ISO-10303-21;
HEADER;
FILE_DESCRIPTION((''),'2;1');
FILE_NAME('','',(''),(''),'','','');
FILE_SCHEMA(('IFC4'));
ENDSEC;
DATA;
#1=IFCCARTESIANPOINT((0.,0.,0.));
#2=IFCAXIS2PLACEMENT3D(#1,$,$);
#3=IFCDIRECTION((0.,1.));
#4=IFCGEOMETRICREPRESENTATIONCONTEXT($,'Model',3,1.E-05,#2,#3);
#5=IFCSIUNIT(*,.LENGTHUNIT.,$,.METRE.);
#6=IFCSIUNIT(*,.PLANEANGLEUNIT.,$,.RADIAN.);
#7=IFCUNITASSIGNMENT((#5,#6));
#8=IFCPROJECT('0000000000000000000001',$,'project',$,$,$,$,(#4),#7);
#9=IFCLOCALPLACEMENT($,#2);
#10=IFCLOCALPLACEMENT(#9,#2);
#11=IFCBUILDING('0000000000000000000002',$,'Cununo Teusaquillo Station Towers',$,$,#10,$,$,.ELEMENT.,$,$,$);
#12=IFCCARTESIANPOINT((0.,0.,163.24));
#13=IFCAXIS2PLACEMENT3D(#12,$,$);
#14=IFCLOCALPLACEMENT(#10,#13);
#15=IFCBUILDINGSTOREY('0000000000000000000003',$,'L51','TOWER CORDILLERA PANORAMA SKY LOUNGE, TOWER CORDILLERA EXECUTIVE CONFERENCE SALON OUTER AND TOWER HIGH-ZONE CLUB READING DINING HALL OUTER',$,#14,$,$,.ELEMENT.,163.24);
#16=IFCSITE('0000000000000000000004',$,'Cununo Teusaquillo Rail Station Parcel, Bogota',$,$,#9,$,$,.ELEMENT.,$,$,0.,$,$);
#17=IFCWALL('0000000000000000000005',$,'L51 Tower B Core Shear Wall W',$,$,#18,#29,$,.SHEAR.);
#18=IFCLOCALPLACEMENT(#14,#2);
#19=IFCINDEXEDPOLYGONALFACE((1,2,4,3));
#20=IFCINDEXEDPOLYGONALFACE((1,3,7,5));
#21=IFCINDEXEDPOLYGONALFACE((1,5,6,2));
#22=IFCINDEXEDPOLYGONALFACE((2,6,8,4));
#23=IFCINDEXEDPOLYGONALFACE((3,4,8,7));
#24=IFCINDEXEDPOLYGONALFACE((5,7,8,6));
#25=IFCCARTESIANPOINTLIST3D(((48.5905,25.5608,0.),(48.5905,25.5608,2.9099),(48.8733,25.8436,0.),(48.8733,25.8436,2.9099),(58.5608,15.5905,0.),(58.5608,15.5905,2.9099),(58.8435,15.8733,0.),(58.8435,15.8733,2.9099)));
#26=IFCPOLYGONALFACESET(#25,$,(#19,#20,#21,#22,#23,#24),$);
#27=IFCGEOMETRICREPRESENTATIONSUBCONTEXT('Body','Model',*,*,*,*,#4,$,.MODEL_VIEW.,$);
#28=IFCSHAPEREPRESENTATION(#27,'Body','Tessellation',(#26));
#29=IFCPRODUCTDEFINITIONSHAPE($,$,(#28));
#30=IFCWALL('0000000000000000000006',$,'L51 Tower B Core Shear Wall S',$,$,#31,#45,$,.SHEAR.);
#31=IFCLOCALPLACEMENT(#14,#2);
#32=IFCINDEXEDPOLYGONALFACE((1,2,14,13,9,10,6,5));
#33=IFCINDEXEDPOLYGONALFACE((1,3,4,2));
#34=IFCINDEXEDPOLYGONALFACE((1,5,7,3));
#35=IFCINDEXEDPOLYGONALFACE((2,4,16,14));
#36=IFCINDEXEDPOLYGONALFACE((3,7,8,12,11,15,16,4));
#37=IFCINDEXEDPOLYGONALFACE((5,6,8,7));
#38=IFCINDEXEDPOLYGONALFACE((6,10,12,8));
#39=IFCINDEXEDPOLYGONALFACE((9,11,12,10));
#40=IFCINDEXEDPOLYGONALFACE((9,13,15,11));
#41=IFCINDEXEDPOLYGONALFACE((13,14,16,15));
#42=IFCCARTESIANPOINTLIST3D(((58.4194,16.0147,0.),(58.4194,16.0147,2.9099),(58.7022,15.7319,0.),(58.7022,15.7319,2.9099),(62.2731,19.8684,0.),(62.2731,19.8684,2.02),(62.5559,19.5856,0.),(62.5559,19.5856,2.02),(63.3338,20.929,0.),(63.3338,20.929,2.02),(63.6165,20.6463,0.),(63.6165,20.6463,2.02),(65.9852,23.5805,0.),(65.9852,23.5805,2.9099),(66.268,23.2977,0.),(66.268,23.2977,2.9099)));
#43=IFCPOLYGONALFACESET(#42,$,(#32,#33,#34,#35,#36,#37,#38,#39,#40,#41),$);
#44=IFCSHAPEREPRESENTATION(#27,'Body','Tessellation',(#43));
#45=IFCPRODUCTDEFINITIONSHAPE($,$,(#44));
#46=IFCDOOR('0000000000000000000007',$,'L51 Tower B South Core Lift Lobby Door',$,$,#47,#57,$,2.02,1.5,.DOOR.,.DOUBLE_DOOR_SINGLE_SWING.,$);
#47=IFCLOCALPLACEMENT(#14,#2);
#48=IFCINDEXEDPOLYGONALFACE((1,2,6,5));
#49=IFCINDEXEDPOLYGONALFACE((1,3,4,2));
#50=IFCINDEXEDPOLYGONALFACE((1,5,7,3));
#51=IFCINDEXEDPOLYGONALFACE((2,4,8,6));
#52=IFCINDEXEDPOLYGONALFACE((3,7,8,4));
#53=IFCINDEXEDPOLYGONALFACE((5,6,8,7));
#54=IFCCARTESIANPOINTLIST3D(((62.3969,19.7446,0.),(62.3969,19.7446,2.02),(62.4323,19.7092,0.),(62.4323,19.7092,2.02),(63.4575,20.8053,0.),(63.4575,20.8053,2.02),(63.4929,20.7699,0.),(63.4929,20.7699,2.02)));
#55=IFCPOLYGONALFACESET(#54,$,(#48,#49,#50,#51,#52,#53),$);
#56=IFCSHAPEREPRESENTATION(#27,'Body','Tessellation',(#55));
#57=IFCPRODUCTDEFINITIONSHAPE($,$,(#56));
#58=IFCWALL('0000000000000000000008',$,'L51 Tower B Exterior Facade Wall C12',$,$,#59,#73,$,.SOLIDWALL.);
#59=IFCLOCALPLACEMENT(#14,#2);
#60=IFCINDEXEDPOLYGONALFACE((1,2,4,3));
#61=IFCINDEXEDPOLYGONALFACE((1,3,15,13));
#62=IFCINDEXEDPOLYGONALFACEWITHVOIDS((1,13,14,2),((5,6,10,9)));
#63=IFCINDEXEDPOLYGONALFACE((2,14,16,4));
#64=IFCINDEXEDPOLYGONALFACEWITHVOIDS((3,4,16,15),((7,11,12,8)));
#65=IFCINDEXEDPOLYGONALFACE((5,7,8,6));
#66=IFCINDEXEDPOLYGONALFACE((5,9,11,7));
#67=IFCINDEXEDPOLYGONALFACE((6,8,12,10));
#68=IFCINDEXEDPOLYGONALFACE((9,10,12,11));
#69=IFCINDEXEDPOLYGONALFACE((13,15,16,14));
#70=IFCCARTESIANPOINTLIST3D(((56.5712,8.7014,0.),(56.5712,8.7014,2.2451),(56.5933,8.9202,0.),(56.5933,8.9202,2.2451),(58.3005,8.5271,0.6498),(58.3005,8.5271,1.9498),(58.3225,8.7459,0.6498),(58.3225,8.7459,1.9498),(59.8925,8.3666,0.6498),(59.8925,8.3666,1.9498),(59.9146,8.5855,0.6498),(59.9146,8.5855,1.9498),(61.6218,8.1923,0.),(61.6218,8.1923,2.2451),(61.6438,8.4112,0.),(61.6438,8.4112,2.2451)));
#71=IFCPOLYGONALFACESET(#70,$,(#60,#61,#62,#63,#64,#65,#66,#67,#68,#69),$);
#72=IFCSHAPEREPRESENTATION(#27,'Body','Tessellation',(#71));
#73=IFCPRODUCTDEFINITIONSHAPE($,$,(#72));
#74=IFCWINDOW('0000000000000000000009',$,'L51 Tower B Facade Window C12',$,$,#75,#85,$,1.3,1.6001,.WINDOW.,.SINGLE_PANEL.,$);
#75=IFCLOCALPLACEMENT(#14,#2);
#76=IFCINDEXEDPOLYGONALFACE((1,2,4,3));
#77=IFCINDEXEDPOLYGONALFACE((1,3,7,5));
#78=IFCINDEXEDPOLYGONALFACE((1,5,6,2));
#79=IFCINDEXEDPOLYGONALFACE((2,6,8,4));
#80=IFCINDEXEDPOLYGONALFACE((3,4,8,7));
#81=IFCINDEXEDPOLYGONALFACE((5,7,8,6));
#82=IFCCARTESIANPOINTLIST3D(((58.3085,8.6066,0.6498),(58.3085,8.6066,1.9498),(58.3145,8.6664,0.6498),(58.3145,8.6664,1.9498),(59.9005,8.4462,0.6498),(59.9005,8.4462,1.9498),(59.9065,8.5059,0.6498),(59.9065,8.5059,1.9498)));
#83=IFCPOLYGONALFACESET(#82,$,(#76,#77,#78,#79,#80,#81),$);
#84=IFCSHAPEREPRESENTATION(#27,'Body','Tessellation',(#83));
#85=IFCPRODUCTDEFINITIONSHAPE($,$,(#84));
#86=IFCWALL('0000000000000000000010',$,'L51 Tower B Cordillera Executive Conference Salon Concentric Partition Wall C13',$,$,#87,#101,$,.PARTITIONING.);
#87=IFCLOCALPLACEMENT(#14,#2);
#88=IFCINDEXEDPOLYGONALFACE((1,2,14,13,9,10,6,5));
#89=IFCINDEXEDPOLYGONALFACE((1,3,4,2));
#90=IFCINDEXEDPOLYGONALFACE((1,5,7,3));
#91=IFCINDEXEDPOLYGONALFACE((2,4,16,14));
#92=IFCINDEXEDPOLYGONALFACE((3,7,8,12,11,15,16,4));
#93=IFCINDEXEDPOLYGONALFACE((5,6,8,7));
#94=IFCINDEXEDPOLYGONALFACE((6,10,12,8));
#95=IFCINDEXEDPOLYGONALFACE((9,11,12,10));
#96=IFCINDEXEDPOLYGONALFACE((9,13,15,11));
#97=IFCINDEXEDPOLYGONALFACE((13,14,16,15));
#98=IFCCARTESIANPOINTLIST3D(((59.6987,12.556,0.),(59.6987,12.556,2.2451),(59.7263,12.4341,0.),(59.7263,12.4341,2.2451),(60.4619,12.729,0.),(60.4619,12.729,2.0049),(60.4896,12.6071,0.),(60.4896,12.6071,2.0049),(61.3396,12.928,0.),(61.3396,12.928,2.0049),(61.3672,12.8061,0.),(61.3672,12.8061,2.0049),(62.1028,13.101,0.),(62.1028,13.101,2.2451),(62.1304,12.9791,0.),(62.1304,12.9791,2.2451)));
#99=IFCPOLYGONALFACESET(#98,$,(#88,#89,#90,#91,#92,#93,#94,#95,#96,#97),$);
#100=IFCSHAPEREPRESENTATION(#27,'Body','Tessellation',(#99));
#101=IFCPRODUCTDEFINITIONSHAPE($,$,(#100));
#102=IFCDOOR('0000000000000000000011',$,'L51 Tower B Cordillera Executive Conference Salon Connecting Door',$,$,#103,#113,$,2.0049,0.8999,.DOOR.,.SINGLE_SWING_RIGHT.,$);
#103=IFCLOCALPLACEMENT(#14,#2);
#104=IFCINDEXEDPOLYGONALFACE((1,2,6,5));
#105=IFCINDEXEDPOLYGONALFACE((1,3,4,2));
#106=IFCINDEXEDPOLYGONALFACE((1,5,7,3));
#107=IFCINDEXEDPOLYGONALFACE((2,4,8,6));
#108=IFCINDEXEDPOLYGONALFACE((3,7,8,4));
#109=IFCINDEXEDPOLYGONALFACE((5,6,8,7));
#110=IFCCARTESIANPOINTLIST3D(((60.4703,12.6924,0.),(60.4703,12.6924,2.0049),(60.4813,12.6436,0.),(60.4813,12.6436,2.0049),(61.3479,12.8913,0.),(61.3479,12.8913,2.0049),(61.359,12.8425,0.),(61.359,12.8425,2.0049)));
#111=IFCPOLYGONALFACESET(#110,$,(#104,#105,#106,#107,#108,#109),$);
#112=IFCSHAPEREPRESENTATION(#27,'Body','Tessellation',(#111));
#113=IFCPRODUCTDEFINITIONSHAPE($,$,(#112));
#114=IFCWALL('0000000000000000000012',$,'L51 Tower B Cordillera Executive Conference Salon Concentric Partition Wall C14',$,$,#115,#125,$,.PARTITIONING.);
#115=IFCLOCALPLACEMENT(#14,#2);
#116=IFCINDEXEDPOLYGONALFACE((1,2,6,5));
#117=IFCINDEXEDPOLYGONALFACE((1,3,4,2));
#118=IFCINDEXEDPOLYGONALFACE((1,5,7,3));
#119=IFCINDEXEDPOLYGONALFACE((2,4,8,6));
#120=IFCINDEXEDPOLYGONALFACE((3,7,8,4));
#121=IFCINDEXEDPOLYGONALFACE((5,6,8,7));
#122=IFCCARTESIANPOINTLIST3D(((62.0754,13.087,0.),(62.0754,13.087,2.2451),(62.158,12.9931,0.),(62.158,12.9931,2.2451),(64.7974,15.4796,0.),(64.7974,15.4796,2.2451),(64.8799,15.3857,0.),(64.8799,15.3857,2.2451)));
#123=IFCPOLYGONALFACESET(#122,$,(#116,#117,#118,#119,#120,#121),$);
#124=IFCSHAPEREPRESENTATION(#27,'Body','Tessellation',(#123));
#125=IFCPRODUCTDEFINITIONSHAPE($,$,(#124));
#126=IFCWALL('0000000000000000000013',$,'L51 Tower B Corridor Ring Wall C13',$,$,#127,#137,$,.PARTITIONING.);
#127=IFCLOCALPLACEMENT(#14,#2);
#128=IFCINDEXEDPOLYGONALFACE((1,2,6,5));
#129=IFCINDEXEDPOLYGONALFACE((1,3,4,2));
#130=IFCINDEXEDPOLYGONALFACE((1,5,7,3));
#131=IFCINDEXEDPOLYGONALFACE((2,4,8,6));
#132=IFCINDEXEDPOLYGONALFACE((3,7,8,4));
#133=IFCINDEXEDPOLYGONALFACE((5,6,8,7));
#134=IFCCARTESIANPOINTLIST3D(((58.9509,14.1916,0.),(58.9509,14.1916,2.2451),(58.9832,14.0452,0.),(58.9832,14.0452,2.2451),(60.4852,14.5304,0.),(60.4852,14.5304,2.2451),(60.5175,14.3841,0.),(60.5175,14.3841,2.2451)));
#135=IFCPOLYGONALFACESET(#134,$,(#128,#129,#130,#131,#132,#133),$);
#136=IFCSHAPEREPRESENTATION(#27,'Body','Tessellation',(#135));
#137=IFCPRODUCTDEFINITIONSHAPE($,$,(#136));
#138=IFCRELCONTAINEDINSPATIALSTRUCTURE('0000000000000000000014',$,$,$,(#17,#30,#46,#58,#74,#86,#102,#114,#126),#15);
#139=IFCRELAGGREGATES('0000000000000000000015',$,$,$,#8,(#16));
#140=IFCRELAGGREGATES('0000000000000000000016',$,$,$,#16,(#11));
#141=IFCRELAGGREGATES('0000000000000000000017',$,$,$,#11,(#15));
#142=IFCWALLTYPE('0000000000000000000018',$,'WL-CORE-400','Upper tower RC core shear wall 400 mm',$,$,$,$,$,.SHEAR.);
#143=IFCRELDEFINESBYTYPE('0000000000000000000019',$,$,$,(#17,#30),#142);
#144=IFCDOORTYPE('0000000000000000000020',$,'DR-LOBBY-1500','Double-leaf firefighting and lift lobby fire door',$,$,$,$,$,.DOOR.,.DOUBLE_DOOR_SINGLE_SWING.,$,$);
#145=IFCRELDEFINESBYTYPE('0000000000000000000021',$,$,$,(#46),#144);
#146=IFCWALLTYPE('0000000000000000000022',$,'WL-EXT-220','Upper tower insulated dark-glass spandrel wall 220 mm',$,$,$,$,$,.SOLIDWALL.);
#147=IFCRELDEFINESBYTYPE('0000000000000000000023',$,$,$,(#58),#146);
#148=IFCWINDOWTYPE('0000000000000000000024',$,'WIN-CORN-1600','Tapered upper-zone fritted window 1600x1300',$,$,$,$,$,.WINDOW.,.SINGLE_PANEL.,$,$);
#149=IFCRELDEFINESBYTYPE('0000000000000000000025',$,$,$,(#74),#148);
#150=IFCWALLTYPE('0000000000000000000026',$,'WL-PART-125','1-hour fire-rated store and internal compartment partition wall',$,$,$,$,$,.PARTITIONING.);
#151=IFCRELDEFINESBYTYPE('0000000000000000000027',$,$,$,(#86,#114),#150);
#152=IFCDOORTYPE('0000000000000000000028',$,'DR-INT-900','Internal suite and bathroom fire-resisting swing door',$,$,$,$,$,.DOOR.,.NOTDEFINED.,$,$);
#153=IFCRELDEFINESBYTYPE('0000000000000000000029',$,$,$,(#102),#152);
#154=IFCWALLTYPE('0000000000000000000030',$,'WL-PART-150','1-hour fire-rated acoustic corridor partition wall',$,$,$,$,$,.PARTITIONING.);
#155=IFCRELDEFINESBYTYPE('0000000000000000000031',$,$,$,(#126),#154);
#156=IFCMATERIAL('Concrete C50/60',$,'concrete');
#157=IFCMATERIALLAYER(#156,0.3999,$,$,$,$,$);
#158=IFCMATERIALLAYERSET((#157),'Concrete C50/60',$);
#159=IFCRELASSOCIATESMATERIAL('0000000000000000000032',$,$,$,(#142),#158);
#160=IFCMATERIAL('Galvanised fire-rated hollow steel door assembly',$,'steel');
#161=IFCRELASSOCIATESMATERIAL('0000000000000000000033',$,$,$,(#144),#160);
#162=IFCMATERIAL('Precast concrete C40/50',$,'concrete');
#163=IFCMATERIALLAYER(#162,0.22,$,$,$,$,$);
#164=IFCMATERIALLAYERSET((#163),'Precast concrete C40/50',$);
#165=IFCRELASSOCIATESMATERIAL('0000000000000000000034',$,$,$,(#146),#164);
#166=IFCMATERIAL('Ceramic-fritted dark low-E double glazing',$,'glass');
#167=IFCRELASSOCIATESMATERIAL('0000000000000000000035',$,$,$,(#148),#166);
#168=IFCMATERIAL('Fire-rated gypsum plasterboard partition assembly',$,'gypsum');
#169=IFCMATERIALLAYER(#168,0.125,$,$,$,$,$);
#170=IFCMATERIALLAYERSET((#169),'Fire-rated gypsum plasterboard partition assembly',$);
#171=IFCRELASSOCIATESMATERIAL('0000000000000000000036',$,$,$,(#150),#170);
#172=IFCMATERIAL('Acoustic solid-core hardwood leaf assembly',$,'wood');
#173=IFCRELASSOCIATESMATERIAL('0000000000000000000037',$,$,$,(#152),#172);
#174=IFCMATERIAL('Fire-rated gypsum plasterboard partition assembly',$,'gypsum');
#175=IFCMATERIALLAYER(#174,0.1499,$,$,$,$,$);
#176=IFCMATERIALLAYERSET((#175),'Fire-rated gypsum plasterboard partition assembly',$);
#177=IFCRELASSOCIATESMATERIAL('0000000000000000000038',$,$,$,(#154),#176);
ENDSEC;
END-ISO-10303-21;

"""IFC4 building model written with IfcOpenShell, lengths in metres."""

from ifc_helpers import new_model, si_unit, direction, frame, frame_2d, origin, place, context, subcontext, project, spatial, rectangle, extrude, source, transform, mapped, material, layer, layer_set, type_object, element, fill, save


model = new_model("IFC4")

# Units and contexts
model_context = context("Model", 3, precision=1e-05, world=origin(), true_north=direction((0.0, 1.0)))
body_context = subcontext(model_context, "Body", "Model", "MODEL_VIEW")
ifc_project = project(units=[si_unit("LENGTHUNIT", "METRE"), si_unit("PLANEANGLEUNIT", "RADIAN")], contexts=[model_context])

# Site, building, storey
site_placement = place(None, origin())
site = spatial("IfcSite", under=ifc_project, at=site_placement, Name="Cununo Teusaquillo Rail Station Parcel, Bogota", CompositionType="ELEMENT", RefElevation=0.0)
building_placement = place(site_placement, origin())
building = spatial("IfcBuilding", under=site, at=building_placement, Name="Cununo Teusaquillo Station Towers", CompositionType="ELEMENT")
storey_placement = place(building_placement, frame((0.0, 0.0, 163.24)))
storey = spatial("IfcBuildingStorey", under=building, at=storey_placement, Name="L51", Description="TOWER CORDILLERA PANORAMA SKY LOUNGE, TOWER CORDILLERA EXECUTIVE CONFERENCE SALON OUTER AND TOWER HIGH-ZONE CLUB READING DINING HALL OUTER", CompositionType="ELEMENT", Elevation=163.24)

# Wall
ifc_material_1 = material(Name="Concrete C50/60", Category="concrete")
ifc_layer_1 = layer(ifc_material_1, 0.3999)
ifc_layer_set_1 = layer_set([ifc_layer_1], Name="Concrete C50/60")
wall_type_1 = type_object("IfcWallType", Name="WL-CORE-400", Description="Upper tower RC core shear wall 400 mm", PredefinedType="SHEAR", material=ifc_layer_set_1)
wall_1_placement = place(storey_placement, frame((58.7021, 15.7319, 0.0), z_axis=(0.0, 0.0, 1.0), x_axis=(-0.707107, 0.707107, 0.0)))
element("IfcWall", 1, at=wall_1_placement, inside=storey, type_object=wall_type_1, Name="L51 Tower B Core Shear Wall W", PredefinedType="SHEAR", context=body_context, shape_type="SweptSolid", body=[
    extrude(rectangle(XDim=14.1001, YDim=0.3999, at=frame_2d((7.05, 0.0))), origin(), (0.0, 0.0, 1.0), 2.9099),
])

# Wall, opening, door
wall_2_placement = place(storey_placement, frame((58.5608, 15.8733, 0.0), z_axis=(0.0, 0.0, 1.0), x_axis=(0.707107, 0.707107, 0.0)))
wall_2 = element("IfcWall", 2, at=wall_2_placement, inside=storey, type_object=wall_type_1, Name="L51 Tower B Core Shear Wall S", PredefinedType="SHEAR", context=body_context, shape_type="SweptSolid", body=[
    extrude(rectangle(XDim=10.6997, YDim=0.3999, at=frame_2d((5.3499, 0.0))), origin(), (0.0, 0.0, 1.0), 2.9099),
])
shared_shape_1 = source(origin(), body_context, "Body", "SweptSolid", [
    extrude(rectangle(XDim=1.5, YDim=2.02, at=frame_2d((0.75, 1.01))), frame((0.0, 0.21, 0.0), z_axis=(0.0, -1.0, 0.0), x_axis=(1.0, 0.0, 0.0)), (0.0, 0.0, 1.0), 0.4199),
])
opening_1_placement = place(wall_2_placement, frame((5.45, 0.0, 0.0)))
opening_1 = element("IfcOpeningElement", 3, at=opening_1_placement, cuts=wall_2, PredefinedType="OPENING", context=body_context, shape_type="MappedRepresentation", body=[
    mapped(shared_shape_1, transform((0.0, 0.0, 0.0), x_axis=(1.0, 0.0, 0.0), y_axis=(0.0, 1.0, 0.0), z_axis=(0.0, 0.0, 1.0), scale=1.0)),
])
ifc_material_2 = material(Name="Galvanised fire-rated hollow steel door assembly", Category="steel")
door_type_1 = type_object("IfcDoorType", Name="DR-LOBBY-1500", Description="Double-leaf firefighting and lift lobby fire door", OperationType="DOUBLE_DOOR_SINGLE_SWING", PredefinedType="DOOR", material=ifc_material_2)
shared_shape_2 = source(origin(), body_context, "Body", "SweptSolid", [
    extrude(rectangle(XDim=1.5, YDim=2.02, at=frame_2d((0.75, 1.01))), frame((0.0, 0.0249, 0.0), z_axis=(0.0, -1.0, 0.0), x_axis=(1.0, 0.0, 0.0)), (0.0, 0.0, 1.0), 0.05),
])
door_1_placement = place(opening_1_placement, origin())
door_1 = element("IfcDoor", 4, at=door_1_placement, inside=storey, type_object=door_type_1, Name="L51 Tower B South Core Lift Lobby Door", OperationType="DOUBLE_DOOR_SINGLE_SWING", OverallHeight=2.02, OverallWidth=1.5, PredefinedType="DOOR", context=body_context, shape_type="MappedRepresentation", body=[
    mapped(shared_shape_2, transform((0.0, 0.0, 0.0), x_axis=(1.0, 0.0, 0.0), y_axis=(0.0, 1.0, 0.0), z_axis=(0.0, 0.0, 1.0), scale=1.0)),
])
fill(opening_1, door_1)

# Wall, opening, window
ifc_material_3 = material(Name="Precast concrete C40/50", Category="concrete")
ifc_layer_2 = layer(ifc_material_3, 0.22)
ifc_layer_set_2 = layer_set([ifc_layer_2], Name="Precast concrete C40/50")
wall_type_2 = type_object("IfcWallType", Name="WL-EXT-220", Description="Upper tower insulated dark-glass spandrel wall 220 mm", PredefinedType="SOLIDWALL", material=ifc_layer_set_2)
wall_3_placement = place(storey_placement, frame((61.6328, 8.3018, 0.0), z_axis=(0.0, 0.0, 1.0), x_axis=(-0.994959, 0.10028, 0.0)))
wall_3 = element("IfcWall", 5, at=wall_3_placement, inside=storey, type_object=wall_type_2, Name="L51 Tower B Exterior Facade Wall C12", PredefinedType="SOLIDWALL", context=body_context, shape_type="SweptSolid", body=[
    extrude(rectangle(XDim=5.0762, YDim=0.22, at=frame_2d((2.5381, 0.0))), origin(), (0.0, 0.0, 1.0), 2.2451),
])
shared_shape_3 = source(origin(), body_context, "Body", "SweptSolid", [
    extrude(rectangle(XDim=1.6001, YDim=1.3, at=frame_2d((0.8, 0.6499))), frame((0.0, 0.1199, 0.0), z_axis=(0.0, -1.0, 0.0), x_axis=(1.0, 0.0, 0.0)), (0.0, 0.0, 1.0), 0.24),
])
opening_2_placement = place(wall_3_placement, frame((1.738, 0.0, 0.6499)))
opening_2 = element("IfcOpeningElement", 6, at=opening_2_placement, cuts=wall_3, PredefinedType="OPENING", context=body_context, shape_type="MappedRepresentation", body=[
    mapped(shared_shape_3, transform((0.0, 0.0, 0.0), x_axis=(1.0, 0.0, 0.0), y_axis=(0.0, 1.0, 0.0), z_axis=(0.0, 0.0, 1.0), scale=1.0)),
])
ifc_material_4 = material(Name="Ceramic-fritted dark low-E double glazing", Category="glass")
window_type = type_object("IfcWindowType", Name="WIN-CORN-1600", Description="Tapered upper-zone fritted window 1600x1300", PartitioningType="SINGLE_PANEL", PredefinedType="WINDOW", material=ifc_material_4)
shared_shape_4 = source(origin(), body_context, "Body", "SweptSolid", [
    extrude(rectangle(XDim=1.6001, YDim=1.3, at=frame_2d((0.8, 0.6499))), frame((0.0, 0.03, 0.0), z_axis=(0.0, -1.0, 0.0), x_axis=(1.0, 0.0, 0.0)), (0.0, 0.0, 1.0), 0.0601),
])
window_placement = place(opening_2_placement, origin())
window = element("IfcWindow", 7, at=window_placement, inside=storey, type_object=window_type, Name="L51 Tower B Facade Window C12", OverallHeight=1.3, OverallWidth=1.6001, PartitioningType="SINGLE_PANEL", PredefinedType="WINDOW", context=body_context, shape_type="MappedRepresentation", body=[
    mapped(shared_shape_4, transform((0.0, 0.0, 0.0), x_axis=(1.0, 0.0, 0.0), y_axis=(0.0, 1.0, 0.0), z_axis=(0.0, 0.0, 1.0), scale=1.0)),
])
fill(opening_2, window)

# Wall, opening, door
ifc_material_5 = material(Name="Fire-rated gypsum plasterboard partition assembly", Category="gypsum")
ifc_layer_3 = layer(ifc_material_5, 0.125)
ifc_layer_set_3 = layer_set([ifc_layer_3], Name="Fire-rated gypsum plasterboard partition assembly")
wall_type_3 = type_object("IfcWallType", Name="WL-PART-125", Description="1-hour fire-rated store and internal compartment partition wall", PredefinedType="PARTITIONING", material=ifc_layer_set_3)
wall_4_placement = place(storey_placement, frame((59.7126, 12.4951, 0.0), z_axis=(0.0, 0.0, 1.0), x_axis=(0.97526, 0.22106, 0.0)))
wall_4 = element("IfcWall", 8, at=wall_4_placement, inside=storey, type_object=wall_type_3, Name="L51 Tower B Cordillera Executive Conference Salon Concentric Partition Wall C13", PredefinedType="PARTITIONING", context=body_context, shape_type="SweptSolid", body=[
    extrude(rectangle(XDim=2.4651, YDim=0.125, at=frame_2d((1.2324, 0.0))), origin(), (0.0, 0.0, 1.0), 2.2451),
])
shared_shape_5 = source(origin(), body_context, "Body", "SweptSolid", [
    extrude(rectangle(XDim=0.8999, YDim=2.0049, at=frame_2d((0.45, 1.0024))), frame((0.0, 0.0725, 0.0), z_axis=(0.0, -1.0, 0.0), x_axis=(1.0, 0.0, 0.0)), (0.0, 0.0, 1.0), 0.145),
])
opening_3_placement = place(wall_4_placement, frame((0.7825, 0.0, 0.0)))
opening_3 = element("IfcOpeningElement", 9, at=opening_3_placement, cuts=wall_4, PredefinedType="OPENING", context=body_context, shape_type="MappedRepresentation", body=[
    mapped(shared_shape_5, transform((0.0, 0.0, 0.0), x_axis=(1.0, 0.0, 0.0), y_axis=(0.0, 1.0, 0.0), z_axis=(0.0, 0.0, 1.0), scale=1.0)),
])
ifc_material_6 = material(Name="Acoustic solid-core hardwood leaf assembly", Category="wood")
door_type_2 = type_object("IfcDoorType", Name="DR-INT-900", Description="Internal suite and bathroom fire-resisting swing door", OperationType="NOTDEFINED", PredefinedType="DOOR", material=ifc_material_6)
shared_shape_6 = source(origin(), body_context, "Body", "SweptSolid", [
    extrude(rectangle(XDim=0.8999, YDim=2.0049, at=frame_2d((0.45, 1.0024))), frame((0.0, 0.0249, 0.0), z_axis=(0.0, -1.0, 0.0), x_axis=(1.0, 0.0, 0.0)), (0.0, 0.0, 1.0), 0.05),
])
door_2_placement = place(opening_3_placement, origin())
door_2 = element("IfcDoor", 10, at=door_2_placement, inside=storey, type_object=door_type_2, Name="L51 Tower B Cordillera Executive Conference Salon Connecting Door", OperationType="SINGLE_SWING_RIGHT", OverallHeight=2.0049, OverallWidth=0.8999, PredefinedType="DOOR", context=body_context, shape_type="MappedRepresentation", body=[
    mapped(shared_shape_6, transform((0.0, 0.0, 0.0), x_axis=(1.0, 0.0, 0.0), y_axis=(0.0, 1.0, 0.0), z_axis=(0.0, 0.0, 1.0), scale=1.0)),
])
fill(opening_3, door_2)

# Walls
wall_5_placement = place(storey_placement, frame((62.1167, 13.04, 0.0), z_axis=(0.0, 0.0, 1.0), x_axis=(0.751085, 0.660206, 0.0)))
element("IfcWall", 11, at=wall_5_placement, inside=storey, type_object=wall_type_3, Name="L51 Tower B Cordillera Executive Conference Salon Concentric Partition Wall C14", PredefinedType="PARTITIONING", context=body_context, shape_type="SweptSolid", body=[
    extrude(rectangle(XDim=3.624, YDim=0.125, at=frame_2d((1.812, 0.0))), origin(), (0.0, 0.0, 1.0), 2.2451),
])
ifc_material_7 = material(Name="Fire-rated gypsum plasterboard partition assembly", Category="gypsum")
ifc_layer_4 = layer(ifc_material_7, 0.1499)
ifc_layer_set_4 = layer_set([ifc_layer_4], Name="Fire-rated gypsum plasterboard partition assembly")
wall_type_4 = type_object("IfcWallType", Name="WL-PART-150", Description="1-hour fire-rated acoustic corridor partition wall", PredefinedType="PARTITIONING", material=ifc_layer_set_4)
wall_6_placement = place(storey_placement, frame((58.967, 14.1184, 0.0), z_axis=(0.0, 0.0, 1.0), x_axis=(0.976471, 0.215647, 0.0)))
element("IfcWall", 12, at=wall_6_placement, inside=storey, type_object=wall_type_4, Name="L51 Tower B Corridor Ring Wall C13", PredefinedType="PARTITIONING", context=body_context, shape_type="SweptSolid", body=[
    extrude(rectangle(XDim=1.5713, YDim=0.1499, at=frame_2d((0.7856, 0.0))), origin(), (0.0, 0.0, 1.0), 2.2451),
])

save(model, "model.ifc")
